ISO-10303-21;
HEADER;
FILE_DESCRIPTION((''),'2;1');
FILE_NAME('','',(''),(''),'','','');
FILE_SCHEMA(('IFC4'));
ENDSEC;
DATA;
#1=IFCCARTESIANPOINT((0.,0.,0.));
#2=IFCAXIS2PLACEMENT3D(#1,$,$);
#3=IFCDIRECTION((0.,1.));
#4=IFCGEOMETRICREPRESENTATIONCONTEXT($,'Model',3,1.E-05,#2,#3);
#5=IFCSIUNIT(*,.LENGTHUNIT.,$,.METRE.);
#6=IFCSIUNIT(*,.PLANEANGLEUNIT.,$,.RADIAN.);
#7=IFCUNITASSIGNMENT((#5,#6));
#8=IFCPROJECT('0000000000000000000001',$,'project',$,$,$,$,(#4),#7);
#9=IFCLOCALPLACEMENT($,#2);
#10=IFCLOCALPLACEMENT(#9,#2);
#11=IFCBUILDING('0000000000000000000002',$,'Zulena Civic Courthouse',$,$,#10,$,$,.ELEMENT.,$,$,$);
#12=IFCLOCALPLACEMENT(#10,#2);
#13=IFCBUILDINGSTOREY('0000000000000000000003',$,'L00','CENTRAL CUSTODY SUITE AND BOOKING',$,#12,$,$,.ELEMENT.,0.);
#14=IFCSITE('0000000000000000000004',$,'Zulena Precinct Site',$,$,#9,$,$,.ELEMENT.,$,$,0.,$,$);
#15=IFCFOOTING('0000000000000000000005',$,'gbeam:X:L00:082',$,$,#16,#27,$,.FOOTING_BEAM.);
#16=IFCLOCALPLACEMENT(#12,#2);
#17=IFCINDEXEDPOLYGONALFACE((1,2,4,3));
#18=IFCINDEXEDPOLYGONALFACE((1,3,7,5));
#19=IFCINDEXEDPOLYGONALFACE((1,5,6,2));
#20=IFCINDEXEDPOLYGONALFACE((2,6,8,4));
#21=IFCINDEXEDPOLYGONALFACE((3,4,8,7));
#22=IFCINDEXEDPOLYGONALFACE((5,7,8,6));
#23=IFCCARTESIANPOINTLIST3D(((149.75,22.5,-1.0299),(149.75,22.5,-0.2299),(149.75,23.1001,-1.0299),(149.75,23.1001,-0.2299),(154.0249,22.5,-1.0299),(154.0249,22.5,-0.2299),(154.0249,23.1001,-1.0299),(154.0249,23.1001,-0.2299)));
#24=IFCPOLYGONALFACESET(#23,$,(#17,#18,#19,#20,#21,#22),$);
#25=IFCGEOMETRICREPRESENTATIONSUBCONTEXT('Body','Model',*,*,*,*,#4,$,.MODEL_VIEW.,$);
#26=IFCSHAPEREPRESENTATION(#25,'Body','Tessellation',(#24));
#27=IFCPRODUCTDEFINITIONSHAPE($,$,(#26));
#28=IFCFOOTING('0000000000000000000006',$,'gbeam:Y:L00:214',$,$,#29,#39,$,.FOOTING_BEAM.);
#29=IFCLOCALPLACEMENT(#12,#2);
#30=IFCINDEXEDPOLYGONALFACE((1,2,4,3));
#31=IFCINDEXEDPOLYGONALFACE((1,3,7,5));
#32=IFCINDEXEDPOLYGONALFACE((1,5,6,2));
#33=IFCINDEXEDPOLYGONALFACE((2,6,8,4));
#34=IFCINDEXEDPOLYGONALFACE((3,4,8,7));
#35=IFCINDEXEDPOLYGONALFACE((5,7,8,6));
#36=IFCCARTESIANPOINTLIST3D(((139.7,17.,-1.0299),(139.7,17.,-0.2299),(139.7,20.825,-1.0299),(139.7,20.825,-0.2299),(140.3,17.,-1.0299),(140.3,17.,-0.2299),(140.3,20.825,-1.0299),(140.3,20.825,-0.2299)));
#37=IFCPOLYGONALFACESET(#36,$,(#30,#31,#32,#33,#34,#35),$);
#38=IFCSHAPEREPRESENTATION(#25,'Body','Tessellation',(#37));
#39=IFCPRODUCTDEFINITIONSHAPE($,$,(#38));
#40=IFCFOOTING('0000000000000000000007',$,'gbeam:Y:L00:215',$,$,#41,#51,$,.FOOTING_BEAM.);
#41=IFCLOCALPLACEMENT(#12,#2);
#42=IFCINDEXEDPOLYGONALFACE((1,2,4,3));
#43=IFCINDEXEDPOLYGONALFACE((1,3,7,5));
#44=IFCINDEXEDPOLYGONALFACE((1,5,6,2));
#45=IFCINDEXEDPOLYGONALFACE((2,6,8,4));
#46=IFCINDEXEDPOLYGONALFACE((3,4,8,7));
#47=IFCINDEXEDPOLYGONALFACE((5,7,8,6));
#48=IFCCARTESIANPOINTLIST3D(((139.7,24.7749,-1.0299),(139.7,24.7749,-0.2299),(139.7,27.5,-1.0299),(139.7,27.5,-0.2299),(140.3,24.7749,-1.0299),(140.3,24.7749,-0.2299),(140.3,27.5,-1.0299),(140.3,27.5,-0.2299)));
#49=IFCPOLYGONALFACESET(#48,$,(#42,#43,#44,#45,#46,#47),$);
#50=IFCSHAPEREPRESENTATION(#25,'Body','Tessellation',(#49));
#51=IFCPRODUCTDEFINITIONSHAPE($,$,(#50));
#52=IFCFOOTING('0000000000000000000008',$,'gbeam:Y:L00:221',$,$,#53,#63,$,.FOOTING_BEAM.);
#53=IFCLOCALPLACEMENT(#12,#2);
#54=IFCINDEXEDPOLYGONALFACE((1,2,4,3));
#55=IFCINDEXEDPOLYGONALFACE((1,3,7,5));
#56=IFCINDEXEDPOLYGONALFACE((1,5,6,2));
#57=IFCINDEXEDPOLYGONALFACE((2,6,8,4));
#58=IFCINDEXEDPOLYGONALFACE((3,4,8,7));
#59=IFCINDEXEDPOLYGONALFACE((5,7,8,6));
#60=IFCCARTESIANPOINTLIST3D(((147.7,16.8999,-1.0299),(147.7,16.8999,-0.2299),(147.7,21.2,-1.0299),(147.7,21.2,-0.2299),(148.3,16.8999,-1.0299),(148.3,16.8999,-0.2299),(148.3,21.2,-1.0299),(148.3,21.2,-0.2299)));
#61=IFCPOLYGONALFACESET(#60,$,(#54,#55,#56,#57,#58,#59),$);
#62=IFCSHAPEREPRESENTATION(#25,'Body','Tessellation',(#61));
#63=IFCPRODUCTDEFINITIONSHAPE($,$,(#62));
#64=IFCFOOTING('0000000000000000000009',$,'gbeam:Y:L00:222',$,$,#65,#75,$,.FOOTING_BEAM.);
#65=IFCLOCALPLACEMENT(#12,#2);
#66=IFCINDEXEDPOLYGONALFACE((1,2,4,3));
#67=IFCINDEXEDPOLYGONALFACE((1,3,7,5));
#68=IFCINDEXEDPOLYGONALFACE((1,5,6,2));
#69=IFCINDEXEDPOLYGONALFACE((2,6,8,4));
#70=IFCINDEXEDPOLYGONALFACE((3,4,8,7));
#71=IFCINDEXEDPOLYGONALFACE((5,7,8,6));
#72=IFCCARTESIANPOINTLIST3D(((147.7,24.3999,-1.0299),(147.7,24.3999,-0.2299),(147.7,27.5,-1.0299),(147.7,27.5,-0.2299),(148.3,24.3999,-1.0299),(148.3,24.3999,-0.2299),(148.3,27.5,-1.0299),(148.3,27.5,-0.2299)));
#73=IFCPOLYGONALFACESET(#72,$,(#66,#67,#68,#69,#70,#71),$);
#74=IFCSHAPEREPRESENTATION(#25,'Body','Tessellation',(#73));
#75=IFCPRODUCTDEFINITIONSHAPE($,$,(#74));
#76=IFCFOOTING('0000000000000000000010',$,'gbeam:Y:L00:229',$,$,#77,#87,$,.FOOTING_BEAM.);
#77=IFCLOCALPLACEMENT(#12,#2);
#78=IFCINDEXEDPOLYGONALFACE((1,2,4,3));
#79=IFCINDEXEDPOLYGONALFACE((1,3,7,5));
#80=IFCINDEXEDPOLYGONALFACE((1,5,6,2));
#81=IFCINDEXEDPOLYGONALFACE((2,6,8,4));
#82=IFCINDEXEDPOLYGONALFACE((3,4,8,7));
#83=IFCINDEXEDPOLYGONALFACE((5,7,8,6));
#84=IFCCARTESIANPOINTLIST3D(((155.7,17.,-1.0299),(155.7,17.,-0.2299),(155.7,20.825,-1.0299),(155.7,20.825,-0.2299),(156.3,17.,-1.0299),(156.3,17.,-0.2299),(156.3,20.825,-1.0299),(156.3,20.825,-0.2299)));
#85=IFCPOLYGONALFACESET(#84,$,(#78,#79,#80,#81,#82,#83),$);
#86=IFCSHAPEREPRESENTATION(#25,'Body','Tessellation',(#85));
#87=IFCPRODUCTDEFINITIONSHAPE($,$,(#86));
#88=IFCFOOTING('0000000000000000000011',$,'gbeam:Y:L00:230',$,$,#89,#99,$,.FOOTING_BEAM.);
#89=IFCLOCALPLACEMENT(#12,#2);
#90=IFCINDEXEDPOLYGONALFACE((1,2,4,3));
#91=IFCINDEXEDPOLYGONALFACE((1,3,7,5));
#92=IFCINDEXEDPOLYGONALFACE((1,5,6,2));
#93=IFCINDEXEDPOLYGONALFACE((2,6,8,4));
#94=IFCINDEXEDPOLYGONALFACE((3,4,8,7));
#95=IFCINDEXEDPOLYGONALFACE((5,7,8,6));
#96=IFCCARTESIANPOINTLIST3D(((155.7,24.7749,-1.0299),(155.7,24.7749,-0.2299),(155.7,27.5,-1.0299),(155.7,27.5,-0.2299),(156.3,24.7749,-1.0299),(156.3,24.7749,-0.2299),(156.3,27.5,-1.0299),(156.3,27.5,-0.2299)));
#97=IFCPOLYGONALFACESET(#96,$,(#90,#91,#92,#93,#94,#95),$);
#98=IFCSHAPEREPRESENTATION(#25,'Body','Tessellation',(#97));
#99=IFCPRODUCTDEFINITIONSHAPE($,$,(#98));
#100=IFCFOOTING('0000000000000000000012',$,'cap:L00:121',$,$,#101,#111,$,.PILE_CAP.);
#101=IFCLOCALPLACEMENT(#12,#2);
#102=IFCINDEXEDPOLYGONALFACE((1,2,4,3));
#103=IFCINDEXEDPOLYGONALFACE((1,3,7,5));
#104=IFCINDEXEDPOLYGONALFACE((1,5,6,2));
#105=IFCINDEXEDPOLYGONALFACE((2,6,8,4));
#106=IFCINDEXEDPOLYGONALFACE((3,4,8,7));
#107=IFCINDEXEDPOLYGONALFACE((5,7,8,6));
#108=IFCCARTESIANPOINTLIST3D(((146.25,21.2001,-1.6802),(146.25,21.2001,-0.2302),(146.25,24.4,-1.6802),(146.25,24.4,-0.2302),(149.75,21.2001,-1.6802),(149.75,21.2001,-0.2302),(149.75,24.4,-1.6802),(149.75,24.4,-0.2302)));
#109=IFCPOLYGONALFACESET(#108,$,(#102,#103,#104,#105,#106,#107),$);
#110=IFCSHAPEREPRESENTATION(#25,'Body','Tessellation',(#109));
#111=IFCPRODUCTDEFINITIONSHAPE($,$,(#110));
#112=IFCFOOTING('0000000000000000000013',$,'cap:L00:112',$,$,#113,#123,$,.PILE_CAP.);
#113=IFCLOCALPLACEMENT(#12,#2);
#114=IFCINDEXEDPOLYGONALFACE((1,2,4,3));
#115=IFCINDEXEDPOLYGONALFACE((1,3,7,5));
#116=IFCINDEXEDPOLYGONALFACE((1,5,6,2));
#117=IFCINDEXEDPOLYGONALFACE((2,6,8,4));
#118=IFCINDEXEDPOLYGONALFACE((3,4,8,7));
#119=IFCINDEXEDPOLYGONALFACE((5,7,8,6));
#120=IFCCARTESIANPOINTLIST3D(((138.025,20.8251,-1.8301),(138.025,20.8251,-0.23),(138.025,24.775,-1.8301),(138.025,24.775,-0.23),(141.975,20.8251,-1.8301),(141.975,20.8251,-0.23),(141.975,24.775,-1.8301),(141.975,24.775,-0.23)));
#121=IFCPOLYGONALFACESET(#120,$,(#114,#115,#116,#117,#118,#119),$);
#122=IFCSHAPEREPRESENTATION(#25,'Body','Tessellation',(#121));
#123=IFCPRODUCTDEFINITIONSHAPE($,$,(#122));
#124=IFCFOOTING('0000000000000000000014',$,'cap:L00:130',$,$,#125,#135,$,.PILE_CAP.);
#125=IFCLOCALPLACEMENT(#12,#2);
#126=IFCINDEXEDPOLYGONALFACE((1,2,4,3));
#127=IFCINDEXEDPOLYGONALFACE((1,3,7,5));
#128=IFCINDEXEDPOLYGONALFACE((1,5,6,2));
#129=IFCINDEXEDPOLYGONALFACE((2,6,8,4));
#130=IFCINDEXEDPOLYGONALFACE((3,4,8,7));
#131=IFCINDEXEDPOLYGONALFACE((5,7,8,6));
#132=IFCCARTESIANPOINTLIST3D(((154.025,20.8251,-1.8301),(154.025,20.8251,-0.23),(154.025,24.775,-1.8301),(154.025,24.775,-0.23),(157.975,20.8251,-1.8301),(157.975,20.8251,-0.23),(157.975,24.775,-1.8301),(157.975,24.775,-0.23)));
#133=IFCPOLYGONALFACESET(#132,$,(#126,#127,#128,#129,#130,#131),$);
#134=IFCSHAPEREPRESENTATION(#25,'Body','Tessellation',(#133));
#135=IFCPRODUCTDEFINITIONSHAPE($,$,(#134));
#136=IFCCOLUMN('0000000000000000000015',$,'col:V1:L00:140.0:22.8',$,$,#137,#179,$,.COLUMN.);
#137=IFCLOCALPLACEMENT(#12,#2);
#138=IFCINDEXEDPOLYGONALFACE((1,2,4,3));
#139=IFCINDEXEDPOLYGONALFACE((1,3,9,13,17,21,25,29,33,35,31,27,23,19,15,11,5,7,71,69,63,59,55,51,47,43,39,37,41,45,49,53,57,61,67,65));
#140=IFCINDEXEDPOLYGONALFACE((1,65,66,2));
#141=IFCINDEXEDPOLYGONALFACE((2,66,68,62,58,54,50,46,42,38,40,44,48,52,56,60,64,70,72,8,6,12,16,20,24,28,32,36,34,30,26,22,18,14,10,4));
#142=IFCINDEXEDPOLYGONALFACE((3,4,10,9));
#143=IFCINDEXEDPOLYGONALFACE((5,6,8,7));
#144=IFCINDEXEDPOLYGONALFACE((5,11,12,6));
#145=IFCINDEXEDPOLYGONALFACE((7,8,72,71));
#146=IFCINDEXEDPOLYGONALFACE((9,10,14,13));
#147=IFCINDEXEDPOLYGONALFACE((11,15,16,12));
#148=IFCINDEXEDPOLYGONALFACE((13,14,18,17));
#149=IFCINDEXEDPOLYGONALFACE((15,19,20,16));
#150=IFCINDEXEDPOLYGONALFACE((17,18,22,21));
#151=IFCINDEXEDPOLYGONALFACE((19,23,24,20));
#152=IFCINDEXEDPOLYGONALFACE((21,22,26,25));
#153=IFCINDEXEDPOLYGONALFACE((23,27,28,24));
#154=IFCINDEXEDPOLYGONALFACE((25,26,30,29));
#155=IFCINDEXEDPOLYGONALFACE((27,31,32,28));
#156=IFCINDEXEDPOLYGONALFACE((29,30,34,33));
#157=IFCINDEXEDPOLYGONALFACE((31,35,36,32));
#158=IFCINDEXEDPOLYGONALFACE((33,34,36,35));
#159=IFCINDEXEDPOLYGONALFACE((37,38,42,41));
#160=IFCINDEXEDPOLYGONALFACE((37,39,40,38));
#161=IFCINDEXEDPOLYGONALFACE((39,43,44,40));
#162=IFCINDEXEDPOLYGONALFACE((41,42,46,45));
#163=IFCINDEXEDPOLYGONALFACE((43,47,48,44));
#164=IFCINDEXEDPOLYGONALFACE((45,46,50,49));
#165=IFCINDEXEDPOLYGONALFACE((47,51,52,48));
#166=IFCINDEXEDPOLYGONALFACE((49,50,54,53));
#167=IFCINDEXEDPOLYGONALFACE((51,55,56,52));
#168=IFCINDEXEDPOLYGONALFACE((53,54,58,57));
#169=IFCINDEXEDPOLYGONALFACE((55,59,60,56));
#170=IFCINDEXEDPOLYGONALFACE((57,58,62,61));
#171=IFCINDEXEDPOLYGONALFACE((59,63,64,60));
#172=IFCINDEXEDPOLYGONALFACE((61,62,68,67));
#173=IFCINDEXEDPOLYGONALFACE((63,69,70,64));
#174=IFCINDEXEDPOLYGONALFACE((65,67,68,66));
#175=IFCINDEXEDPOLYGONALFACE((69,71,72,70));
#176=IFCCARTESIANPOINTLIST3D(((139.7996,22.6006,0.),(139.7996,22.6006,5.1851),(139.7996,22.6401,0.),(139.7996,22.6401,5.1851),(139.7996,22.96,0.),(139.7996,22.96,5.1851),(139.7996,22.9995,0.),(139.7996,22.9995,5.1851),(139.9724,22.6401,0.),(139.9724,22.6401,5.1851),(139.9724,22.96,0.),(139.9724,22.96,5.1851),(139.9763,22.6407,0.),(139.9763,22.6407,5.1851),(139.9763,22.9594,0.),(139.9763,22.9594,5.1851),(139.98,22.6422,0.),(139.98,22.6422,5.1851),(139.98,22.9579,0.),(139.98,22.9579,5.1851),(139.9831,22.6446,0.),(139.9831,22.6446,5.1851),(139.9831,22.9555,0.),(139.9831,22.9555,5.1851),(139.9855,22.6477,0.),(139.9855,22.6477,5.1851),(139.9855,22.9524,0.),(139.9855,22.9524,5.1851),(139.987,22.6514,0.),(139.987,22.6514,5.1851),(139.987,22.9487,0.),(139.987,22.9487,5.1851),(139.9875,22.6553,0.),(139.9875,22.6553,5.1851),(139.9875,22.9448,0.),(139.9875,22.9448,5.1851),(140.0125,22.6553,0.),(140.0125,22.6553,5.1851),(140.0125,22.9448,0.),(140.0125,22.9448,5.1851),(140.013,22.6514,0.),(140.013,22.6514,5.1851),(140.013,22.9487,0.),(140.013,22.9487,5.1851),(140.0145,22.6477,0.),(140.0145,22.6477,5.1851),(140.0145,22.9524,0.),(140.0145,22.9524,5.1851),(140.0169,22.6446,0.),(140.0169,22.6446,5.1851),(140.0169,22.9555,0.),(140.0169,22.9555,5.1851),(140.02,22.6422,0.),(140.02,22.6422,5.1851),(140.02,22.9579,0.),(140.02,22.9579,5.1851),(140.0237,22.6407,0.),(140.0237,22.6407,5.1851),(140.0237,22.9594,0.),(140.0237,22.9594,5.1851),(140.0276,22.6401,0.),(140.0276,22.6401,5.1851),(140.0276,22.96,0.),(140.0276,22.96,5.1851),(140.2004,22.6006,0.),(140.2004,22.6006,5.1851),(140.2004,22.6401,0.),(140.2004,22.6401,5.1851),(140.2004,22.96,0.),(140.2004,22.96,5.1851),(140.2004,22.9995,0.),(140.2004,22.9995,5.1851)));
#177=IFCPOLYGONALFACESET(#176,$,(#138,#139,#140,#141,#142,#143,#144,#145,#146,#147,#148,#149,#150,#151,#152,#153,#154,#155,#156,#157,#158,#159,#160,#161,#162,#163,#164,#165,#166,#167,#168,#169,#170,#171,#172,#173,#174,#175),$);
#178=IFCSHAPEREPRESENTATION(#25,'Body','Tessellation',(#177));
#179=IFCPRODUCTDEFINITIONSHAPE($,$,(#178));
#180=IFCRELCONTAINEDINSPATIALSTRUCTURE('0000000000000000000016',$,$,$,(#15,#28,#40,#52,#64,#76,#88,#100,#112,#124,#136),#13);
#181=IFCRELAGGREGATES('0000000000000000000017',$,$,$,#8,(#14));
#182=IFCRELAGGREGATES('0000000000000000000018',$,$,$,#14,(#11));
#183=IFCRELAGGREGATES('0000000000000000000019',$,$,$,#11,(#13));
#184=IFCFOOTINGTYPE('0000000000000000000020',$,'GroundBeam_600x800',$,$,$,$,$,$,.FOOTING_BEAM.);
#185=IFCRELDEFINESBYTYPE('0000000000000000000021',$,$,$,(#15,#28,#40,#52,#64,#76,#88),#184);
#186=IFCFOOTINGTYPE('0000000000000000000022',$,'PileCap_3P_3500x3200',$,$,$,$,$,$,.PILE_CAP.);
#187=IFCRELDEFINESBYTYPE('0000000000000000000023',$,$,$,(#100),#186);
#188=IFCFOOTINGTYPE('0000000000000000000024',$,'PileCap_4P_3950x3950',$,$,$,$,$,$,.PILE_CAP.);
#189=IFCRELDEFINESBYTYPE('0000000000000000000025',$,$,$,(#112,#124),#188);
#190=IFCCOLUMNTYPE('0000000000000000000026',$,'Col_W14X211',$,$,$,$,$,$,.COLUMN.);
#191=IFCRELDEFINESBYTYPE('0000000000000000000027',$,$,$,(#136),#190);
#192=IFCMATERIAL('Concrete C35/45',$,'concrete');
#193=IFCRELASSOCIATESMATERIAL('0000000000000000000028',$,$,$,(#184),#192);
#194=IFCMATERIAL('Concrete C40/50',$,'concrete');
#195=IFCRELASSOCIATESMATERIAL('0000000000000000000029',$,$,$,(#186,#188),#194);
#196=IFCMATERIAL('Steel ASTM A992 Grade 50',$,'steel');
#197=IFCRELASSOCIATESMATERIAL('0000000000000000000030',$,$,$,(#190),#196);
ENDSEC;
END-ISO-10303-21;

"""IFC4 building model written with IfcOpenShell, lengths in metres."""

from ifc_helpers import new_model, si_unit, direction, frame, origin, origin_2d, place, context, subcontext, project, spatial, rectangle, i_section, extrude, material, material_profile, profile_set, type_object, element, save


model = new_model("IFC4")

# Units and contexts
model_context = context("Model", 3, precision=1e-05, world=origin(), true_north=direction((0.0, 1.0)))
body_context = subcontext(model_context, "Body", "Model", "MODEL_VIEW")
ifc_project = project(units=[si_unit("LENGTHUNIT", "METRE"), si_unit("PLANEANGLEUNIT", "RADIAN")], contexts=[model_context])

# Site, building, storey
site_placement = place(None, origin())
site = spatial("IfcSite", under=ifc_project, at=site_placement, Name="Zulena Precinct Site", CompositionType="ELEMENT", RefElevation=0.0)
building_placement = place(site_placement, origin())
building = spatial("IfcBuilding", under=site, at=building_placement, Name="Zulena Civic Courthouse", CompositionType="ELEMENT")
storey_placement = place(building_placement, origin())
storey = spatial("IfcBuildingStorey", under=building, at=storey_placement, Name="L00", Description="CENTRAL CUSTODY SUITE AND BOOKING", CompositionType="ELEMENT", Elevation=0.0)

# Shared definitions
ifc_material_1 = material(Name="Concrete C40/50", Category="concrete")

# Footings
ifc_material_2 = material(Name="Concrete C35/45", Category="concrete")
ifc_material_profile_1 = material_profile(ifc_material_2, rectangle(XDim=0.6001, YDim=0.8, at=origin_2d()), Name="RC600X800")
ifc_profile_set_1 = profile_set([ifc_material_profile_1], Name="Concrete C35/45")
footing_type_1 = type_object("IfcFootingType", Name="GroundBeam_600x800", PredefinedType="FOOTING_BEAM", material=ifc_profile_set_1)
for number, where, z_axis, x_axis, name in (
    (1, (149.75, 22.8, -0.6299), (1.0, 0.0, 0.0), (0.0, 1.0, 0.0), "gbeam:X:L00:082"),
):
    element("IfcFooting", number, at=place(storey_placement, frame(where, z_axis=z_axis, x_axis=x_axis)), inside=storey, type_object=footing_type_1, Name=name, PredefinedType="FOOTING_BEAM", context=body_context, shape_type="SweptSolid", body=[
        extrude(rectangle(XDim=0.6001, YDim=0.8, at=origin_2d()), origin(), (0.0, 0.0, 1.0), 4.2749),
    ])
footing_1_placement = place(storey_placement, frame((140.0, 17.0, -0.6299), z_axis=(0.0, 1.0, 0.0), x_axis=(-1.0, 0.0, 0.0)))
element("IfcFooting", 2, at=footing_1_placement, inside=storey, type_object=footing_type_1, Name="gbeam:Y:L00:214", PredefinedType="FOOTING_BEAM", context=body_context, shape_type="SweptSolid", body=[
    extrude(rectangle(XDim=0.6001, YDim=0.8, at=origin_2d()), origin(), (0.0, 0.0, 1.0), 3.825),
])
footing_2_placement = place(storey_placement, frame((140.0, 24.7749, -0.6299), z_axis=(0.0, 1.0, 0.0), x_axis=(-1.0, 0.0, 0.0)))
element("IfcFooting", 3, at=footing_2_placement, inside=storey, type_object=footing_type_1, Name="gbeam:Y:L00:215", PredefinedType="FOOTING_BEAM", context=body_context, shape_type="SweptSolid", body=[
    extrude(rectangle(XDim=0.6001, YDim=0.8, at=origin_2d()), origin(), (0.0, 0.0, 1.0), 2.7251),
])
footing_3_placement = place(storey_placement, frame((148.0, 16.8999, -0.6299), z_axis=(0.0, 1.0, 0.0), x_axis=(-1.0, 0.0, 0.0)))
element("IfcFooting", 4, at=footing_3_placement, inside=storey, type_object=footing_type_1, Name="gbeam:Y:L00:221", PredefinedType="FOOTING_BEAM", context=body_context, shape_type="SweptSolid", body=[
    extrude(rectangle(XDim=0.6001, YDim=0.8, at=origin_2d()), origin(), (0.0, 0.0, 1.0), 4.3),
])
footing_4_placement = place(storey_placement, frame((148.0, 24.3999, -0.6299), z_axis=(0.0, 1.0, 0.0), x_axis=(-1.0, 0.0, 0.0)))
element("IfcFooting", 5, at=footing_4_placement, inside=storey, type_object=footing_type_1, Name="gbeam:Y:L00:222", PredefinedType="FOOTING_BEAM", context=body_context, shape_type="SweptSolid", body=[
    extrude(rectangle(XDim=0.6001, YDim=0.8, at=origin_2d()), origin(), (0.0, 0.0, 1.0), 3.1001),
])
footing_5_placement = place(storey_placement, frame((156.0, 17.0, -0.6299), z_axis=(0.0, 1.0, 0.0), x_axis=(-1.0, 0.0, 0.0)))
element("IfcFooting", 6, at=footing_5_placement, inside=storey, type_object=footing_type_1, Name="gbeam:Y:L00:229", PredefinedType="FOOTING_BEAM", context=body_context, shape_type="SweptSolid", body=[
    extrude(rectangle(XDim=0.6001, YDim=0.8, at=origin_2d()), origin(), (0.0, 0.0, 1.0), 3.825),
])
footing_6_placement = place(storey_placement, frame((156.0, 24.7749, -0.6299), z_axis=(0.0, 1.0, 0.0), x_axis=(-1.0, 0.0, 0.0)))
element("IfcFooting", 7, at=footing_6_placement, inside=storey, type_object=footing_type_1, Name="gbeam:Y:L00:230", PredefinedType="FOOTING_BEAM", context=body_context, shape_type="SweptSolid", body=[
    extrude(rectangle(XDim=0.6001, YDim=0.8, at=origin_2d()), origin(), (0.0, 0.0, 1.0), 2.7251),
])
footing_type_2 = type_object("IfcFootingType", Name="PileCap_3P_3500x3200", PredefinedType="PILE_CAP", material=ifc_material_1)
footing_7_placement = place(storey_placement, frame((148.0, 22.8, -1.6802), z_axis=(0.0, 0.0, 1.0), x_axis=(1.0, 0.0, 0.0)))
element("IfcFooting", 8, at=footing_7_placement, inside=storey, type_object=footing_type_2, Name="cap:L00:121", PredefinedType="PILE_CAP", context=body_context, shape_type="SweptSolid", body=[
    extrude(rectangle(XDim=3.5, YDim=3.2, at=origin_2d()), origin(), (0.0, 0.0, 1.0), 1.45),
])
footing_type_3 = type_object("IfcFootingType", Name="PileCap_4P_3950x3950", PredefinedType="PILE_CAP", material=ifc_material_1)
for number, where, z_axis, x_axis, name in (
    (9, (140.0, 22.8, -1.8301), (0.0, 0.0, 1.0), (1.0, 0.0, 0.0), "cap:L00:112"),
    (10, (156.0, 22.8, -1.8301), (0.0, 0.0, 1.0), (1.0, 0.0, 0.0), "cap:L00:130"),
):
    element("IfcFooting", number, at=place(storey_placement, frame(where, z_axis=z_axis, x_axis=x_axis)), inside=storey, type_object=footing_type_3, Name=name, PredefinedType="PILE_CAP", context=body_context, shape_type="SweptSolid", body=[
        extrude(rectangle(XDim=3.95, YDim=3.95, at=origin_2d()), origin(), (0.0, 0.0, 1.0), 1.6001),
    ])

# Column
ifc_material_3 = material(Name="Steel ASTM A992 Grade 50", Category="steel")
ifc_material_profile_2 = material_profile(ifc_material_3, i_section(OverallWidth=0.4009, OverallDepth=0.3989, WebThickness=0.0249, FlangeThickness=0.0396, FilletRadius=0.0151, at=origin_2d()), Name="W14X211")
ifc_profile_set_2 = profile_set([ifc_material_profile_2], Name="Steel ASTM A992 Grade 50")
column_type = type_object("IfcColumnType", Name="Col_W14X211", PredefinedType="COLUMN", material=ifc_profile_set_2)
for number, where, z_axis, x_axis, name in (
    (11, (140.0, 22.8, 0.0), (0.0, 0.0, 1.0), (1.0, 0.0, 0.0), "col:V1:L00:140.0:22.8"),
):
    element("IfcColumn", number, at=place(storey_placement, frame(where, z_axis=z_axis, x_axis=x_axis)), inside=storey, type_object=column_type, Name=name, PredefinedType="COLUMN", context=body_context, shape_type="SweptSolid", body=[
        extrude(i_section(OverallWidth=0.4009, OverallDepth=0.3989, WebThickness=0.0249, FlangeThickness=0.0396, FilletRadius=0.0151, at=origin_2d()), origin(), (0.0, 0.0, 1.0), 5.1851),
    ])

save(model, "model.ifc")
